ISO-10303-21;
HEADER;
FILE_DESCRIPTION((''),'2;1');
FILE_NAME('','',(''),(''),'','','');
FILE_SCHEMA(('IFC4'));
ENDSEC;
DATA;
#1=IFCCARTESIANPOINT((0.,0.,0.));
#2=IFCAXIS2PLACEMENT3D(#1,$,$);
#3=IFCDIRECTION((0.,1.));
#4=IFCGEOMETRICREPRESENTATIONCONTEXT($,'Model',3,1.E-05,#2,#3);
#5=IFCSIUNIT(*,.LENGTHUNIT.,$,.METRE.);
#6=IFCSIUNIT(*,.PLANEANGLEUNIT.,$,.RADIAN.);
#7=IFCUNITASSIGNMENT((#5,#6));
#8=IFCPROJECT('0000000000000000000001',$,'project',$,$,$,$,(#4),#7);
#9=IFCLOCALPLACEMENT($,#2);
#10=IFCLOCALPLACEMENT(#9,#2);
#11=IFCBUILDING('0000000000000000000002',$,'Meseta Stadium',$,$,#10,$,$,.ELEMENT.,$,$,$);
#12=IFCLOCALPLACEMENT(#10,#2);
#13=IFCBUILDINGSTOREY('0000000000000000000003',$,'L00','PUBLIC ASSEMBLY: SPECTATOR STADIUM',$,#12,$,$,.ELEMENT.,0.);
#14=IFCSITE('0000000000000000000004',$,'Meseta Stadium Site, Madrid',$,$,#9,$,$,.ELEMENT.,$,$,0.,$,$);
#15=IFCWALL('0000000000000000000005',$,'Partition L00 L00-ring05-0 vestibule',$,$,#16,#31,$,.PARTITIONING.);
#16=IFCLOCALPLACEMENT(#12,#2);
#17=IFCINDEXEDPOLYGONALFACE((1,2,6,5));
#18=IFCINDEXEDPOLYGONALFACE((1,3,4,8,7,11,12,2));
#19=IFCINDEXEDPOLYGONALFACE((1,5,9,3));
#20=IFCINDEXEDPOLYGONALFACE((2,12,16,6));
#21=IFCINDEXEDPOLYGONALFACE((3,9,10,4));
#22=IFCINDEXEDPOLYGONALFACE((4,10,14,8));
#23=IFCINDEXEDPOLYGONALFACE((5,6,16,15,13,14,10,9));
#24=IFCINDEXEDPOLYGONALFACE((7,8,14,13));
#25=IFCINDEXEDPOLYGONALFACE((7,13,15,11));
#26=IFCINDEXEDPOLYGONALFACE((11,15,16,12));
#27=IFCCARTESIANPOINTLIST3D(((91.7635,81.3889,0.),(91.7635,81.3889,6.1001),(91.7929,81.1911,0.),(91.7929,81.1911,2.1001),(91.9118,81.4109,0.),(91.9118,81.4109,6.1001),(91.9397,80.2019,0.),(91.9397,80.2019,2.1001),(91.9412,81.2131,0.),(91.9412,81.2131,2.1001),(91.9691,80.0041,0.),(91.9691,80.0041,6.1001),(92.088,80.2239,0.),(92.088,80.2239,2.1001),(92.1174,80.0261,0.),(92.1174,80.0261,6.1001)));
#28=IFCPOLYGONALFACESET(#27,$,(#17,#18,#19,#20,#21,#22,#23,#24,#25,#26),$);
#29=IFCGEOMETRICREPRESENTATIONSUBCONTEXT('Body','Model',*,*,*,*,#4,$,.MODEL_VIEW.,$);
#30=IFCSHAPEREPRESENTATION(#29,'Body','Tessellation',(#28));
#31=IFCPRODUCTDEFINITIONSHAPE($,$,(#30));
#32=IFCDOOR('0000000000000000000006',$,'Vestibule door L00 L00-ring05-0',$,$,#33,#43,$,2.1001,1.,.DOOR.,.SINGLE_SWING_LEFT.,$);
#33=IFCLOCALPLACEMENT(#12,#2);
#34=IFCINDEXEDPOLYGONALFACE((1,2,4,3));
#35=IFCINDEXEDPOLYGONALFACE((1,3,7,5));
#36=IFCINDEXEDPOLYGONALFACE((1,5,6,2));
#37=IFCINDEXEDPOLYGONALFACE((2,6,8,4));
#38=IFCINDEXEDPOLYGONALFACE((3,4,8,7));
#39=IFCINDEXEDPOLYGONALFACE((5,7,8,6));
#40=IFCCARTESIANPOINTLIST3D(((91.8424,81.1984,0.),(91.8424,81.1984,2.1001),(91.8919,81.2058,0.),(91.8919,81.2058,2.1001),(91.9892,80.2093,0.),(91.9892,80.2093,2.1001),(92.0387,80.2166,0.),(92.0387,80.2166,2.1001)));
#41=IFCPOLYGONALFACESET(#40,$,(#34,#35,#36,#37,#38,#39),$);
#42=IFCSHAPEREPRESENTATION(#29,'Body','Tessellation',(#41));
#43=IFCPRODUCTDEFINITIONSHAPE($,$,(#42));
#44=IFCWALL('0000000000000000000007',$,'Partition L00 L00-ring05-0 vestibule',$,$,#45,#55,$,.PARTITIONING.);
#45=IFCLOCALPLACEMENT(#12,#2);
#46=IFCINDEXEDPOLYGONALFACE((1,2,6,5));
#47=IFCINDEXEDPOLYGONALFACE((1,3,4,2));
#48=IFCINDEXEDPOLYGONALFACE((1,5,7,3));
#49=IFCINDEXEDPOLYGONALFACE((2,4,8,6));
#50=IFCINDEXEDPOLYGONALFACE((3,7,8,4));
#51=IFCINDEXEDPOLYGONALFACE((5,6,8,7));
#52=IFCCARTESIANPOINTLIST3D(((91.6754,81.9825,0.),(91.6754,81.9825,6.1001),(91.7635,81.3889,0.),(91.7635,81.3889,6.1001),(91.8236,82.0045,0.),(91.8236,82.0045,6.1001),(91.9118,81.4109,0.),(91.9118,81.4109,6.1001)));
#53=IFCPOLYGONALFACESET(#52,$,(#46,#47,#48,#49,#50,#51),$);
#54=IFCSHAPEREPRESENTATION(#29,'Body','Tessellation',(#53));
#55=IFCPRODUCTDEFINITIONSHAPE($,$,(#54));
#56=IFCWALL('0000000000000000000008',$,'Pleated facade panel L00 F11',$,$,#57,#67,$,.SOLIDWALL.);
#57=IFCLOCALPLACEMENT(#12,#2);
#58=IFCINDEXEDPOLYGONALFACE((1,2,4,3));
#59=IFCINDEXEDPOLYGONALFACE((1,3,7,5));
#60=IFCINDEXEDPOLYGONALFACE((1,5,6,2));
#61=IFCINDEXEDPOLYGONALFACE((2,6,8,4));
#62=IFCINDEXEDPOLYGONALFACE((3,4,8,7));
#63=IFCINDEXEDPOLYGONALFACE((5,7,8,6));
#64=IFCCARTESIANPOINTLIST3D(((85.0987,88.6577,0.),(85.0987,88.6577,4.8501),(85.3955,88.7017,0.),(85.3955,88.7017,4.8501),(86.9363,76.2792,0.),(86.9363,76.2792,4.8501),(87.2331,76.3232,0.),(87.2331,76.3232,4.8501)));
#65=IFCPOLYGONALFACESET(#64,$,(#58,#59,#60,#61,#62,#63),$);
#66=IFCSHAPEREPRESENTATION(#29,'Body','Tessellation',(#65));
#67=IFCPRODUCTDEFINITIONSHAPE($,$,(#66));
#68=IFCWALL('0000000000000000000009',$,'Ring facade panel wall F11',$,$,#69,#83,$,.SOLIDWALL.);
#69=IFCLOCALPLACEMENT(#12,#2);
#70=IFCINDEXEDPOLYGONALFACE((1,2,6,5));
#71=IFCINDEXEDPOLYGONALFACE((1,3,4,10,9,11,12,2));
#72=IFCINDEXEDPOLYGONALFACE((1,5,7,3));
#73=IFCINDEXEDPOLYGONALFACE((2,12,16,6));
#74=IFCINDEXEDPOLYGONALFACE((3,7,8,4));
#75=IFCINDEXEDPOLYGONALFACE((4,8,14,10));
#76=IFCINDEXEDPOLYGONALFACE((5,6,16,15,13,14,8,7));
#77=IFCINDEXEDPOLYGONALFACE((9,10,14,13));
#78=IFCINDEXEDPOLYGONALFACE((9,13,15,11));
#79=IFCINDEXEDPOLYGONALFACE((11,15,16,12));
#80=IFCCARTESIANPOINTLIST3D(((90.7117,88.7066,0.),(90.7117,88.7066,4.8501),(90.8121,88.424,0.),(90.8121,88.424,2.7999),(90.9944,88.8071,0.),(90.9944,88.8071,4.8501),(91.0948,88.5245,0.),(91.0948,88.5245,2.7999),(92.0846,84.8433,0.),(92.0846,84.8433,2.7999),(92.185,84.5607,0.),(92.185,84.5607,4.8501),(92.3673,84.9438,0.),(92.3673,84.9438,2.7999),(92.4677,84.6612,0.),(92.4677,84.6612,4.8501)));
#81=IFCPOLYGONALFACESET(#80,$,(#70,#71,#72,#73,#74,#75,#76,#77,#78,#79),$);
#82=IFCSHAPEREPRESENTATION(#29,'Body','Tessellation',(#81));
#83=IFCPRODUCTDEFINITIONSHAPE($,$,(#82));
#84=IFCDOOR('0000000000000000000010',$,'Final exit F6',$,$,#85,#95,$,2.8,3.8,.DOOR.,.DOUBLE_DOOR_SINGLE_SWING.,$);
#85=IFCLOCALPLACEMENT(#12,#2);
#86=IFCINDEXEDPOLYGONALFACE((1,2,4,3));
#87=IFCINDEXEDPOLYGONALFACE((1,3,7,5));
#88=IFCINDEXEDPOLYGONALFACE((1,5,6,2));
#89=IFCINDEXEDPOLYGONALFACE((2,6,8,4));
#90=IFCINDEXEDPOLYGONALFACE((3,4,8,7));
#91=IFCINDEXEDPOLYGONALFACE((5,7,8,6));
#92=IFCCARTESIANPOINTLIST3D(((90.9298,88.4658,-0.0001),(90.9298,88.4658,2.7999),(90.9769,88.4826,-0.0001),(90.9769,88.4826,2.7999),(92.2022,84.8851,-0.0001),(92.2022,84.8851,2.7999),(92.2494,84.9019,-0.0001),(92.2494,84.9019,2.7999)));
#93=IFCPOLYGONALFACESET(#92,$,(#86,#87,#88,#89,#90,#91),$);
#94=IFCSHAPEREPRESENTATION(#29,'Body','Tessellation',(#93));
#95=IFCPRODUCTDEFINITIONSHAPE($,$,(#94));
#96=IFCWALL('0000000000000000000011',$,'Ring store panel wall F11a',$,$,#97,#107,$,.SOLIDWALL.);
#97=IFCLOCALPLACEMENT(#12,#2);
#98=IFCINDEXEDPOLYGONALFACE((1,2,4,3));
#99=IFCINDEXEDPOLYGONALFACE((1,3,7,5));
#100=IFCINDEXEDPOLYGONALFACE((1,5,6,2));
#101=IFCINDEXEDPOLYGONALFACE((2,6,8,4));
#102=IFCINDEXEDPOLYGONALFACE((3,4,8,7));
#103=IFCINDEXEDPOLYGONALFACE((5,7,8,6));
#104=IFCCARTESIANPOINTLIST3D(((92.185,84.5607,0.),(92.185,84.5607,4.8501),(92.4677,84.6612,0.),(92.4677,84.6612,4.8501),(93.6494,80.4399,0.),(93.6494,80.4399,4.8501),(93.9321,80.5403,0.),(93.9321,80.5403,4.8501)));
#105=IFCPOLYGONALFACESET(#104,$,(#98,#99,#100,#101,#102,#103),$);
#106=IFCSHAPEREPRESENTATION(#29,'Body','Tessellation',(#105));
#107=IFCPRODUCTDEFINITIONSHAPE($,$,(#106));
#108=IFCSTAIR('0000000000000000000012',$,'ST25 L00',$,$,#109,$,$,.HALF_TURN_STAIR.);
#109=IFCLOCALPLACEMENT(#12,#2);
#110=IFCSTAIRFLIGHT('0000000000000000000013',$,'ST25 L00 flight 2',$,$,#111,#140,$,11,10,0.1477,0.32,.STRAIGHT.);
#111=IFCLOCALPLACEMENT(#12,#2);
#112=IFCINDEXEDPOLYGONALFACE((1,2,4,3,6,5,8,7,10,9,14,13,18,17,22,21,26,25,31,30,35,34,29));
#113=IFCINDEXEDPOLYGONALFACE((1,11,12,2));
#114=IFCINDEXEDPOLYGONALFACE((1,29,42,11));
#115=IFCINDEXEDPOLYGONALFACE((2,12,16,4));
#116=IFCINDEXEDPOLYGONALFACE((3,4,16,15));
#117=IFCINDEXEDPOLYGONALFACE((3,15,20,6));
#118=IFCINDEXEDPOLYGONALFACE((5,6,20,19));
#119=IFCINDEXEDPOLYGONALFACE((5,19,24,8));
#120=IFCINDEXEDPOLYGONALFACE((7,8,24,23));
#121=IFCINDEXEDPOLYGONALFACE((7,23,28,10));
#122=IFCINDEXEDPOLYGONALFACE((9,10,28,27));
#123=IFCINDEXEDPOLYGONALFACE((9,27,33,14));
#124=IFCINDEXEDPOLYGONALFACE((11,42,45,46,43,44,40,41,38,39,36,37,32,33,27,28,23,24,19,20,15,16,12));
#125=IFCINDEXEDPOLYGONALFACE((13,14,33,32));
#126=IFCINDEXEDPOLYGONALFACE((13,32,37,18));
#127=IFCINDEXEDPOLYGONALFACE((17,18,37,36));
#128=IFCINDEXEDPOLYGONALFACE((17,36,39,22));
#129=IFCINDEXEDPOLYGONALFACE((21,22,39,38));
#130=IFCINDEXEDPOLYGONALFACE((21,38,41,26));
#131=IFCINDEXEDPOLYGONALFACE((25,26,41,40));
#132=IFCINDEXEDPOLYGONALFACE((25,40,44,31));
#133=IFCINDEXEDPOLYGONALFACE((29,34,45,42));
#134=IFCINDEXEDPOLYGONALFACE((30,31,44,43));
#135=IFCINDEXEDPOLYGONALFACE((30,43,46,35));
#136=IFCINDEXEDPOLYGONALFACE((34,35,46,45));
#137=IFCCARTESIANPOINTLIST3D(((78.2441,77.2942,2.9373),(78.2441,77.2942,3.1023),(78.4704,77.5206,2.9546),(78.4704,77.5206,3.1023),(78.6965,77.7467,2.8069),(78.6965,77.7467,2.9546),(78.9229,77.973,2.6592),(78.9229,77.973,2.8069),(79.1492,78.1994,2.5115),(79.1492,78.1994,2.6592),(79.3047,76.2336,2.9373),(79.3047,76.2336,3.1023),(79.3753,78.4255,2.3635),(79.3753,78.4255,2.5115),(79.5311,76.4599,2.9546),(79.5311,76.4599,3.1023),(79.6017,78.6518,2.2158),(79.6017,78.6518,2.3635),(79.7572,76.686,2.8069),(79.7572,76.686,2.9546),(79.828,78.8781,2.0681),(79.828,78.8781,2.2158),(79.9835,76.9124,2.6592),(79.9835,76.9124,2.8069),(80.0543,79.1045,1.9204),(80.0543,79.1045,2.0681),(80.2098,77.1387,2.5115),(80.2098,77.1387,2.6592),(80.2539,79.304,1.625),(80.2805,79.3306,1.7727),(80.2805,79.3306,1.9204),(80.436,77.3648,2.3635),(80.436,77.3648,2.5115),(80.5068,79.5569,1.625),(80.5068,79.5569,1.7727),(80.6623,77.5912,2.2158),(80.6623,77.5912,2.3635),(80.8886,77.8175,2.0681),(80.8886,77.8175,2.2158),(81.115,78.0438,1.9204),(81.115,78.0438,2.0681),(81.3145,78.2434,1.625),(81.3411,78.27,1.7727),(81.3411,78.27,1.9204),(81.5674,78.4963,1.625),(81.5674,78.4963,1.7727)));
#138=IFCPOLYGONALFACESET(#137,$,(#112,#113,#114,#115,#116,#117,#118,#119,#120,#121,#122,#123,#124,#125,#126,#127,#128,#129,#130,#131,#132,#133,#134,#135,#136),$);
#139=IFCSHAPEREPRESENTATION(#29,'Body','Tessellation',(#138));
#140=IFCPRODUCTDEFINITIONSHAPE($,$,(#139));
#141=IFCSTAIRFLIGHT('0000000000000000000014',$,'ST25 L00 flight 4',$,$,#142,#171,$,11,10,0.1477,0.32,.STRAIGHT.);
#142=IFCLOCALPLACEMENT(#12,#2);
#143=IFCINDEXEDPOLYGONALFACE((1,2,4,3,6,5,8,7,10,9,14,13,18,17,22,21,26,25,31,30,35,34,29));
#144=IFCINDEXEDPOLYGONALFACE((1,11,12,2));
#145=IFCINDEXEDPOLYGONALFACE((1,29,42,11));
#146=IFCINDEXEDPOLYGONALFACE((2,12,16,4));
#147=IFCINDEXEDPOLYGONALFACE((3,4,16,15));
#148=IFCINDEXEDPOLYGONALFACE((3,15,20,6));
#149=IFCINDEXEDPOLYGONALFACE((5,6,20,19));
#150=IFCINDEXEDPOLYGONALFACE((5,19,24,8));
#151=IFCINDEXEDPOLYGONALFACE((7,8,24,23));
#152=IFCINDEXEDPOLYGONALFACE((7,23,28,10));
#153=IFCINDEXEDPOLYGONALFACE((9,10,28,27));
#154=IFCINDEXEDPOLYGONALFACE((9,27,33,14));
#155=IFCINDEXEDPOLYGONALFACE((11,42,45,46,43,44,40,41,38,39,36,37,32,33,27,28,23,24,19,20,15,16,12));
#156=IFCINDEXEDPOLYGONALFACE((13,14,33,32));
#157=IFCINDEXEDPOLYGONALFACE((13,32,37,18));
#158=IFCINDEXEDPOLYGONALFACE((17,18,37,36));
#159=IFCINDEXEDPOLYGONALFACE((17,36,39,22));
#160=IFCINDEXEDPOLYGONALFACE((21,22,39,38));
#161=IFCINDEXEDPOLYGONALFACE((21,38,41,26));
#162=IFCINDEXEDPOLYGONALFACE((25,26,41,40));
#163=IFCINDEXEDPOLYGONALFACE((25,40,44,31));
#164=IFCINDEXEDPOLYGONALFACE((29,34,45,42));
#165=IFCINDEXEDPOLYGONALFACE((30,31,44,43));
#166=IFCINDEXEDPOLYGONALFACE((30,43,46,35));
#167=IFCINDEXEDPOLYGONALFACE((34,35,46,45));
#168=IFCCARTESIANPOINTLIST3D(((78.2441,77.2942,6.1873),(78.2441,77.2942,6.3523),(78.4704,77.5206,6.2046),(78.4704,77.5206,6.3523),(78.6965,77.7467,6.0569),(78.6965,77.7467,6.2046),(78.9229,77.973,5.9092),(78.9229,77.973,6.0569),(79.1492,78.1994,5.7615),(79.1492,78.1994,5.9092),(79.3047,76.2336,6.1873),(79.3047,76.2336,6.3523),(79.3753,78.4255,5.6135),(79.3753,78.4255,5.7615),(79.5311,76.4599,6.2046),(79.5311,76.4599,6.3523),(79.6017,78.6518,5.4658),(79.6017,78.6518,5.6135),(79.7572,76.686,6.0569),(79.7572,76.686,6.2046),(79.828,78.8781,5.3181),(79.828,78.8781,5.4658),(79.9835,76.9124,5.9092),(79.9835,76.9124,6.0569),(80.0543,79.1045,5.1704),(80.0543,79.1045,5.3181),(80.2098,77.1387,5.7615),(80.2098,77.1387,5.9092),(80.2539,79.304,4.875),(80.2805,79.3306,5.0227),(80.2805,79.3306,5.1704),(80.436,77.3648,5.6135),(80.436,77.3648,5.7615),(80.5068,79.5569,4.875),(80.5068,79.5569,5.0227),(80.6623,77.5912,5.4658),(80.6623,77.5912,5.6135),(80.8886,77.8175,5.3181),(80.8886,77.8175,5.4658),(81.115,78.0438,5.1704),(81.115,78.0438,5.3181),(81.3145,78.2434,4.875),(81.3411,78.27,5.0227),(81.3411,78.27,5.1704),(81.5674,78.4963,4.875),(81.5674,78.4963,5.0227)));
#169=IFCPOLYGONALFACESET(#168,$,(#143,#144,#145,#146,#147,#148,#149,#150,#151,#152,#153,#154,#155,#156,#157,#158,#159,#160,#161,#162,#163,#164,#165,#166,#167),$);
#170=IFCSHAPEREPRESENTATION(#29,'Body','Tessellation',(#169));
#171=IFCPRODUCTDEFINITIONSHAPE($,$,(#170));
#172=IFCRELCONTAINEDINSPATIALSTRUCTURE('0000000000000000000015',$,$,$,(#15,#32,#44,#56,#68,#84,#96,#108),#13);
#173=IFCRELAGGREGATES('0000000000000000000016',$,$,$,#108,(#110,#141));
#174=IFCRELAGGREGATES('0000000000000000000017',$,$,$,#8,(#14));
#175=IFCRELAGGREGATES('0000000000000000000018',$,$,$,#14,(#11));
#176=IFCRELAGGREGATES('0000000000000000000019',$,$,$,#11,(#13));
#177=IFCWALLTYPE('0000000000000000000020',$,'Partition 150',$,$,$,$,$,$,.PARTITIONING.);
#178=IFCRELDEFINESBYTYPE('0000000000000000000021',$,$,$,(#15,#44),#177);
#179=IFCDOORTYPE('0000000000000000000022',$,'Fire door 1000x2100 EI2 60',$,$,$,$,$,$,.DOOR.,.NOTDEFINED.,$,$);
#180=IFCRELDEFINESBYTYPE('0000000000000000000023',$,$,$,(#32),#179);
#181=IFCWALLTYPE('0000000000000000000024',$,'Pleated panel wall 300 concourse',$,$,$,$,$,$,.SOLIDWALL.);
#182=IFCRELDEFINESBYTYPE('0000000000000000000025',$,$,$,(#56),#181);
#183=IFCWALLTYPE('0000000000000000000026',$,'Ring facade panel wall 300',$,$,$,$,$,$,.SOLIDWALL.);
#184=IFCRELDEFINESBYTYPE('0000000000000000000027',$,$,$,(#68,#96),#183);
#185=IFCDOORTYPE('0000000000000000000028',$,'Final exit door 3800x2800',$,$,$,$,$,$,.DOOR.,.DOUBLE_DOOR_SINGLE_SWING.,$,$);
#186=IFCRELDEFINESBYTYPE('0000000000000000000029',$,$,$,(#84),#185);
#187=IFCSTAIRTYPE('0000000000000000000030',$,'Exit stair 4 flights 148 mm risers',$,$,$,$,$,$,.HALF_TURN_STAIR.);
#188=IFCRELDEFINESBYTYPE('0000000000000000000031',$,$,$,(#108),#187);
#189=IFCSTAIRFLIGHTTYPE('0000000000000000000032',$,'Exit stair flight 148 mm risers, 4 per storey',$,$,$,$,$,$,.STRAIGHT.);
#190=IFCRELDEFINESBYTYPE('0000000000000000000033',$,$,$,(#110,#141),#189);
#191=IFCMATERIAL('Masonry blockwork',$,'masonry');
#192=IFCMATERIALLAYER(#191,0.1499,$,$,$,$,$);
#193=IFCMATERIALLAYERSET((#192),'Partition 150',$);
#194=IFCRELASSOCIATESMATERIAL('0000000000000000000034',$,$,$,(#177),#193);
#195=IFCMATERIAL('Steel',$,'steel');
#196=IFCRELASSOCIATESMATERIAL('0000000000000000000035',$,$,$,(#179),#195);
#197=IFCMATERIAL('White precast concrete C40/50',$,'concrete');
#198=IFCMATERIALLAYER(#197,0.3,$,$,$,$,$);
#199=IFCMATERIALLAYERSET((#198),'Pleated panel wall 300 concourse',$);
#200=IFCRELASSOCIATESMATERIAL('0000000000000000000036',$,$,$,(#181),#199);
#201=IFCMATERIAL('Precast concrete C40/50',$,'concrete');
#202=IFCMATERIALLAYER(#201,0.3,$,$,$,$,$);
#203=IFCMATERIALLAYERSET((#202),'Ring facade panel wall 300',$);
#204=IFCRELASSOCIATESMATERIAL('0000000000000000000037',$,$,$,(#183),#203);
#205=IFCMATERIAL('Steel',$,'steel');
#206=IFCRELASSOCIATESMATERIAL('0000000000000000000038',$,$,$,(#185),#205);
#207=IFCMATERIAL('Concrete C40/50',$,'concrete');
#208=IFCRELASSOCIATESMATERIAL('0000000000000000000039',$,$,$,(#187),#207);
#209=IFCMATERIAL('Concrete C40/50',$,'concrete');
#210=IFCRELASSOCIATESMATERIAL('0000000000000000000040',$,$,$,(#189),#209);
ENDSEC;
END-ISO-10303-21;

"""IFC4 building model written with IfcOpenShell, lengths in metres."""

from ifc_helpers import new_model, si_unit, direction, frame, frame_2d, origin, place, context, subcontext, project, spatial, polyline, rectangle, outline, extrude, material, layer, layer_set, type_object, element, fill, aggregate, save


model = new_model("IFC4")

# Units and contexts
model_context = context("Model", 3, precision=1e-05, world=origin(), true_north=direction((0.0, 1.0)))
body_context = subcontext(model_context, "Body", "Model", "MODEL_VIEW")
ifc_project = project(units=[si_unit("LENGTHUNIT", "METRE"), si_unit("PLANEANGLEUNIT", "RADIAN")], contexts=[model_context])

# Site, building, storey
site_placement = place(None, origin())
site = spatial("IfcSite", under=ifc_project, at=site_placement, Name="Meseta Stadium Site, Madrid", CompositionType="ELEMENT", RefElevation=0.0)
building_placement = place(site_placement, origin())
building = spatial("IfcBuilding", under=site, at=building_placement, Name="Meseta Stadium", CompositionType="ELEMENT")
storey_placement = place(building_placement, origin())
storey = spatial("IfcBuildingStorey", under=building, at=storey_placement, Name="L00", Description="PUBLIC ASSEMBLY: SPECTATOR STADIUM", CompositionType="ELEMENT", Elevation=0.0)

# Shared definitions
ifc_material_1 = material(Name="Masonry blockwork", Category="masonry")
ifc_layer_1 = layer(ifc_material_1, 0.1499)
ifc_layer_set_1 = layer_set([ifc_layer_1], Name="Partition 150")
wall_type_1 = type_object("IfcWallType", Name="Partition 150", PredefinedType="PARTITIONING", material=ifc_layer_set_1)
ifc_material_2 = material(Name="Steel", Category="steel")
door_type_1 = type_object("IfcDoorType", Name="Fire door 1000x2100 EI2 60", OperationType="NOTDEFINED", PredefinedType="DOOR", material=ifc_material_2)

# Wall, opening, door
wall_1_placement = place(storey_placement, frame((92.0432, 80.0151, 0.0), z_axis=(0.0, 0.0, 1.0), x_axis=(-0.146839, 0.98916, 0.0)))
wall_1 = element("IfcWall", 1, at=wall_1_placement, inside=storey, type_object=wall_type_1, Name="Partition L00 L00-ring05-0 vestibule", PredefinedType="PARTITIONING", context=body_context, shape_type="SweptSolid", body=[
    extrude(rectangle(XDim=1.3999, YDim=0.1499, at=frame_2d((0.7, 0.0))), origin(), (0.0, 0.0, 1.0), 6.1001),
])
opening_1_placement = place(wall_1_placement, frame((0.2, 0.0, 0.0)))
opening_1 = element("IfcOpeningElement", 2, at=opening_1_placement, cuts=wall_1, PredefinedType="OPENING", context=body_context, shape_type="SweptSolid", body=[
    extrude(rectangle(XDim=1.0, YDim=2.1001, at=frame_2d((0.5, 1.05))), frame((0.0, 0.085, 0.0), z_axis=(0.0, -1.0, 0.0), x_axis=(1.0, 0.0, 0.0)), (0.0, 0.0, 1.0), 0.1699),
])
door_1_placement = place(opening_1_placement, origin())
door_1 = element("IfcDoor", 3, at=door_1_placement, inside=storey, type_object=door_type_1, Name="Vestibule door L00 L00-ring05-0", OperationType="SINGLE_SWING_LEFT", OverallHeight=2.1001, OverallWidth=1.0, PredefinedType="DOOR", context=body_context, shape_type="SweptSolid", body=[
    extrude(rectangle(XDim=1.0, YDim=2.1001, at=frame_2d((0.5, 1.05))), frame((0.0, 0.0249, 0.0), z_axis=(0.0, -1.0, 0.0), x_axis=(1.0, 0.0, 0.0)), (0.0, 0.0, 1.0), 0.05),
])
fill(opening_1, door_1)

# Walls
wall_2_placement = place(storey_placement, frame((91.8376, 81.3999, 0.0), z_axis=(0.0, 0.0, 1.0), x_axis=(-0.146888, 0.989153, 0.0)))
element("IfcWall", 4, at=wall_2_placement, inside=storey, type_object=wall_type_1, Name="Partition L00 L00-ring05-0 vestibule", PredefinedType="PARTITIONING", context=body_context, shape_type="SweptSolid", body=[
    extrude(rectangle(XDim=0.6001, YDim=0.1499, at=frame_2d((0.3, 0.0))), origin(), (0.0, 0.0, 1.0), 6.1001),
])
ifc_material_3 = material(Name="White precast concrete C40/50", Category="concrete")
ifc_layer_2 = layer(ifc_material_3, 0.3)
ifc_layer_set_2 = layer_set([ifc_layer_2], Name="Pleated panel wall 300 concourse")
wall_type_2 = type_object("IfcWallType", Name="Pleated panel wall 300 concourse", PredefinedType="SOLIDWALL", material=ifc_layer_set_2)
wall_3_placement = place(storey_placement, frame((85.2471, 88.6797, 0.0), z_axis=(0.0, 0.0, 1.0), x_axis=(0.146846, -0.989159, 0.0)))
element("IfcWall", 5, at=wall_3_placement, inside=storey, type_object=wall_type_2, Name="Pleated facade panel L00 F11", PredefinedType="SOLIDWALL", context=body_context, shape_type="SweptSolid", body=[
    extrude(rectangle(XDim=12.5142, YDim=0.3, at=frame_2d((6.2571, 0.0))), origin(), (0.0, 0.0, 1.0), 4.8501),
])

# Wall, opening, door
ifc_material_4 = material(Name="Precast concrete C40/50", Category="concrete")
ifc_layer_3 = layer(ifc_material_4, 0.3)
ifc_layer_set_3 = layer_set([ifc_layer_3], Name="Ring facade panel wall 300")
wall_type_3 = type_object("IfcWallType", Name="Ring facade panel wall 300", PredefinedType="SOLIDWALL", material=ifc_layer_set_3)
wall_4_placement = place(storey_placement, frame((90.853, 88.7568, 0.0), z_axis=(0.0, 0.0, 1.0), x_axis=(0.33486, -0.942268, 0.0)))
wall_4 = element("IfcWall", 6, at=wall_4_placement, inside=storey, type_object=wall_type_3, Name="Ring facade panel wall F11", PredefinedType="SOLIDWALL", context=body_context, shape_type="SweptSolid", body=[
    extrude(rectangle(XDim=4.3999, YDim=0.3, at=frame_2d((2.2, 0.0))), origin(), (0.0, 0.0, 1.0), 4.8501),
])
opening_2_placement = place(wall_4_placement, frame((0.3, 0.0, 0.0)))
opening_2 = element("IfcOpeningElement", 7, at=opening_2_placement, cuts=wall_4, PredefinedType="OPENING", context=body_context, shape_type="SweptSolid", body=[
    extrude(rectangle(XDim=3.8, YDim=2.8, at=frame_2d((1.8999, 1.3999))), frame((0.0, 0.1599, 0.0), z_axis=(0.0, -1.0, 0.0), x_axis=(1.0, 0.0, 0.0)), (0.0, 0.0, 1.0), 0.3201),
])
ifc_material_5 = material(Name="Steel", Category="steel")
door_type_2 = type_object("IfcDoorType", Name="Final exit door 3800x2800", OperationType="DOUBLE_DOOR_SINGLE_SWING", PredefinedType="DOOR", material=ifc_material_5)
door_2_placement = place(opening_2_placement, origin())
door_2 = element("IfcDoor", 8, at=door_2_placement, inside=storey, type_object=door_type_2, Name="Final exit F6", OperationType="DOUBLE_DOOR_SINGLE_SWING", OverallHeight=2.8, OverallWidth=3.8, PredefinedType="DOOR", context=body_context, shape_type="SweptSolid", body=[
    extrude(rectangle(XDim=3.8, YDim=2.8, at=frame_2d((1.8999, 1.3999))), frame((0.0, 0.0249, 0.0), z_axis=(0.0, -1.0, 0.0), x_axis=(1.0, 0.0, 0.0)), (0.0, 0.0, 1.0), 0.05),
])
fill(opening_2, door_2)

# Wall
wall_5_placement = place(storey_placement, frame((92.3264, 84.6108, 0.0), z_axis=(0.0, 0.0, 1.0), x_axis=(0.33484, -0.942275, 0.0)))
element("IfcWall", 9, at=wall_5_placement, inside=storey, type_object=wall_type_3, Name="Ring store panel wall F11a", PredefinedType="SOLIDWALL", context=body_context, shape_type="SweptSolid", body=[
    extrude(rectangle(XDim=4.3733, YDim=0.3, at=frame_2d((2.1865, 0.0))), origin(), (0.0, 0.0, 1.0), 4.8501),
])

# Stair, stair flights
ifc_material_6 = material(Name="Concrete C40/50", Category="concrete")
stair_type = type_object("IfcStairType", Name="Exit stair 4 flights 148 mm risers", PredefinedType="HALF_TURN_STAIR", material=ifc_material_6)
stair_placement = place(storey_placement, origin())
stair = element("IfcStair", 10, at=stair_placement, inside=storey, type_object=stair_type, Name="ST25 L00", PredefinedType="HALF_TURN_STAIR")
ifc_material_7 = material(Name="Concrete C40/50", Category="concrete")
stair_flight_type = type_object("IfcStairFlightType", Name="Exit stair flight 148 mm risers, 4 per storey", PredefinedType="STRAIGHT", material=ifc_material_7)
stair_flight_1_placement = place(storey_placement, frame((81.0371, 79.0266, 1.625), z_axis=(0.0, 0.0, 1.0), x_axis=(-0.707107, -0.707107, 0.0)))
stair_flight_1 = element("IfcStairFlight", 11, at=stair_flight_1_placement, type_object=stair_flight_type, Name="ST25 L00 flight 2", NumberOfRisers=11, NumberOfTreads=10, PredefinedType="STRAIGHT", RiserHeight=0.1477, TreadLength=0.32, context=body_context, shape_type="SweptSolid", body=[
    extrude(outline(polyline([(0.0, 0.0), (0.0, 0.1477), (0.3201, 0.1477), (0.3201, 0.2954), (0.6399, 0.2954), (0.6399, 0.4431), (0.96, 0.4431), (0.96, 0.5908), (1.28, 0.5908), (1.28, 0.7385), (1.6001, 0.7385), (1.6001, 0.8865), (1.9199, 0.8865), (1.9199, 1.0342), (2.24, 1.0342), (2.24, 1.1819), (2.5601, 1.1819), (2.5601, 1.3296), (2.8799, 1.3296), (2.8799, 1.4773), (3.2, 1.4773), (3.2, 1.3123), (0.3577, 0.0), (0.0, 0.0)])), frame((0.0, 0.75, 0.0), z_axis=(0.0, -1.0, 0.0), x_axis=(1.0, 0.0, 0.0)), (0.0, 0.0, 1.0), 1.5),
])
stair_flight_2_placement = place(storey_placement, frame((81.0371, 79.0266, 4.875), z_axis=(0.0, 0.0, 1.0), x_axis=(-0.707107, -0.707107, 0.0)))
stair_flight_2 = element("IfcStairFlight", 12, at=stair_flight_2_placement, type_object=stair_flight_type, Name="ST25 L00 flight 4", NumberOfRisers=11, NumberOfTreads=10, PredefinedType="STRAIGHT", RiserHeight=0.1477, TreadLength=0.32, context=body_context, shape_type="SweptSolid", body=[
    extrude(outline(polyline([(0.0, 0.0), (0.0, 0.1477), (0.3201, 0.1477), (0.3201, 0.2954), (0.6399, 0.2954), (0.6399, 0.4431), (0.96, 0.4431), (0.96, 0.5908), (1.28, 0.5908), (1.28, 0.7385), (1.6001, 0.7385), (1.6001, 0.8865), (1.9199, 0.8865), (1.9199, 1.0342), (2.24, 1.0342), (2.24, 1.1819), (2.5601, 1.1819), (2.5601, 1.3296), (2.8799, 1.3296), (2.8799, 1.4773), (3.2, 1.4773), (3.2, 1.3123), (0.3577, 0.0), (0.0, 0.0)])), frame((0.0, 0.75, 0.0), z_axis=(0.0, -1.0, 0.0), x_axis=(1.0, 0.0, 0.0)), (0.0, 0.0, 1.0), 1.5),
])
aggregate(stair, [stair_flight_1, stair_flight_2])

save(model, "model.ifc")
